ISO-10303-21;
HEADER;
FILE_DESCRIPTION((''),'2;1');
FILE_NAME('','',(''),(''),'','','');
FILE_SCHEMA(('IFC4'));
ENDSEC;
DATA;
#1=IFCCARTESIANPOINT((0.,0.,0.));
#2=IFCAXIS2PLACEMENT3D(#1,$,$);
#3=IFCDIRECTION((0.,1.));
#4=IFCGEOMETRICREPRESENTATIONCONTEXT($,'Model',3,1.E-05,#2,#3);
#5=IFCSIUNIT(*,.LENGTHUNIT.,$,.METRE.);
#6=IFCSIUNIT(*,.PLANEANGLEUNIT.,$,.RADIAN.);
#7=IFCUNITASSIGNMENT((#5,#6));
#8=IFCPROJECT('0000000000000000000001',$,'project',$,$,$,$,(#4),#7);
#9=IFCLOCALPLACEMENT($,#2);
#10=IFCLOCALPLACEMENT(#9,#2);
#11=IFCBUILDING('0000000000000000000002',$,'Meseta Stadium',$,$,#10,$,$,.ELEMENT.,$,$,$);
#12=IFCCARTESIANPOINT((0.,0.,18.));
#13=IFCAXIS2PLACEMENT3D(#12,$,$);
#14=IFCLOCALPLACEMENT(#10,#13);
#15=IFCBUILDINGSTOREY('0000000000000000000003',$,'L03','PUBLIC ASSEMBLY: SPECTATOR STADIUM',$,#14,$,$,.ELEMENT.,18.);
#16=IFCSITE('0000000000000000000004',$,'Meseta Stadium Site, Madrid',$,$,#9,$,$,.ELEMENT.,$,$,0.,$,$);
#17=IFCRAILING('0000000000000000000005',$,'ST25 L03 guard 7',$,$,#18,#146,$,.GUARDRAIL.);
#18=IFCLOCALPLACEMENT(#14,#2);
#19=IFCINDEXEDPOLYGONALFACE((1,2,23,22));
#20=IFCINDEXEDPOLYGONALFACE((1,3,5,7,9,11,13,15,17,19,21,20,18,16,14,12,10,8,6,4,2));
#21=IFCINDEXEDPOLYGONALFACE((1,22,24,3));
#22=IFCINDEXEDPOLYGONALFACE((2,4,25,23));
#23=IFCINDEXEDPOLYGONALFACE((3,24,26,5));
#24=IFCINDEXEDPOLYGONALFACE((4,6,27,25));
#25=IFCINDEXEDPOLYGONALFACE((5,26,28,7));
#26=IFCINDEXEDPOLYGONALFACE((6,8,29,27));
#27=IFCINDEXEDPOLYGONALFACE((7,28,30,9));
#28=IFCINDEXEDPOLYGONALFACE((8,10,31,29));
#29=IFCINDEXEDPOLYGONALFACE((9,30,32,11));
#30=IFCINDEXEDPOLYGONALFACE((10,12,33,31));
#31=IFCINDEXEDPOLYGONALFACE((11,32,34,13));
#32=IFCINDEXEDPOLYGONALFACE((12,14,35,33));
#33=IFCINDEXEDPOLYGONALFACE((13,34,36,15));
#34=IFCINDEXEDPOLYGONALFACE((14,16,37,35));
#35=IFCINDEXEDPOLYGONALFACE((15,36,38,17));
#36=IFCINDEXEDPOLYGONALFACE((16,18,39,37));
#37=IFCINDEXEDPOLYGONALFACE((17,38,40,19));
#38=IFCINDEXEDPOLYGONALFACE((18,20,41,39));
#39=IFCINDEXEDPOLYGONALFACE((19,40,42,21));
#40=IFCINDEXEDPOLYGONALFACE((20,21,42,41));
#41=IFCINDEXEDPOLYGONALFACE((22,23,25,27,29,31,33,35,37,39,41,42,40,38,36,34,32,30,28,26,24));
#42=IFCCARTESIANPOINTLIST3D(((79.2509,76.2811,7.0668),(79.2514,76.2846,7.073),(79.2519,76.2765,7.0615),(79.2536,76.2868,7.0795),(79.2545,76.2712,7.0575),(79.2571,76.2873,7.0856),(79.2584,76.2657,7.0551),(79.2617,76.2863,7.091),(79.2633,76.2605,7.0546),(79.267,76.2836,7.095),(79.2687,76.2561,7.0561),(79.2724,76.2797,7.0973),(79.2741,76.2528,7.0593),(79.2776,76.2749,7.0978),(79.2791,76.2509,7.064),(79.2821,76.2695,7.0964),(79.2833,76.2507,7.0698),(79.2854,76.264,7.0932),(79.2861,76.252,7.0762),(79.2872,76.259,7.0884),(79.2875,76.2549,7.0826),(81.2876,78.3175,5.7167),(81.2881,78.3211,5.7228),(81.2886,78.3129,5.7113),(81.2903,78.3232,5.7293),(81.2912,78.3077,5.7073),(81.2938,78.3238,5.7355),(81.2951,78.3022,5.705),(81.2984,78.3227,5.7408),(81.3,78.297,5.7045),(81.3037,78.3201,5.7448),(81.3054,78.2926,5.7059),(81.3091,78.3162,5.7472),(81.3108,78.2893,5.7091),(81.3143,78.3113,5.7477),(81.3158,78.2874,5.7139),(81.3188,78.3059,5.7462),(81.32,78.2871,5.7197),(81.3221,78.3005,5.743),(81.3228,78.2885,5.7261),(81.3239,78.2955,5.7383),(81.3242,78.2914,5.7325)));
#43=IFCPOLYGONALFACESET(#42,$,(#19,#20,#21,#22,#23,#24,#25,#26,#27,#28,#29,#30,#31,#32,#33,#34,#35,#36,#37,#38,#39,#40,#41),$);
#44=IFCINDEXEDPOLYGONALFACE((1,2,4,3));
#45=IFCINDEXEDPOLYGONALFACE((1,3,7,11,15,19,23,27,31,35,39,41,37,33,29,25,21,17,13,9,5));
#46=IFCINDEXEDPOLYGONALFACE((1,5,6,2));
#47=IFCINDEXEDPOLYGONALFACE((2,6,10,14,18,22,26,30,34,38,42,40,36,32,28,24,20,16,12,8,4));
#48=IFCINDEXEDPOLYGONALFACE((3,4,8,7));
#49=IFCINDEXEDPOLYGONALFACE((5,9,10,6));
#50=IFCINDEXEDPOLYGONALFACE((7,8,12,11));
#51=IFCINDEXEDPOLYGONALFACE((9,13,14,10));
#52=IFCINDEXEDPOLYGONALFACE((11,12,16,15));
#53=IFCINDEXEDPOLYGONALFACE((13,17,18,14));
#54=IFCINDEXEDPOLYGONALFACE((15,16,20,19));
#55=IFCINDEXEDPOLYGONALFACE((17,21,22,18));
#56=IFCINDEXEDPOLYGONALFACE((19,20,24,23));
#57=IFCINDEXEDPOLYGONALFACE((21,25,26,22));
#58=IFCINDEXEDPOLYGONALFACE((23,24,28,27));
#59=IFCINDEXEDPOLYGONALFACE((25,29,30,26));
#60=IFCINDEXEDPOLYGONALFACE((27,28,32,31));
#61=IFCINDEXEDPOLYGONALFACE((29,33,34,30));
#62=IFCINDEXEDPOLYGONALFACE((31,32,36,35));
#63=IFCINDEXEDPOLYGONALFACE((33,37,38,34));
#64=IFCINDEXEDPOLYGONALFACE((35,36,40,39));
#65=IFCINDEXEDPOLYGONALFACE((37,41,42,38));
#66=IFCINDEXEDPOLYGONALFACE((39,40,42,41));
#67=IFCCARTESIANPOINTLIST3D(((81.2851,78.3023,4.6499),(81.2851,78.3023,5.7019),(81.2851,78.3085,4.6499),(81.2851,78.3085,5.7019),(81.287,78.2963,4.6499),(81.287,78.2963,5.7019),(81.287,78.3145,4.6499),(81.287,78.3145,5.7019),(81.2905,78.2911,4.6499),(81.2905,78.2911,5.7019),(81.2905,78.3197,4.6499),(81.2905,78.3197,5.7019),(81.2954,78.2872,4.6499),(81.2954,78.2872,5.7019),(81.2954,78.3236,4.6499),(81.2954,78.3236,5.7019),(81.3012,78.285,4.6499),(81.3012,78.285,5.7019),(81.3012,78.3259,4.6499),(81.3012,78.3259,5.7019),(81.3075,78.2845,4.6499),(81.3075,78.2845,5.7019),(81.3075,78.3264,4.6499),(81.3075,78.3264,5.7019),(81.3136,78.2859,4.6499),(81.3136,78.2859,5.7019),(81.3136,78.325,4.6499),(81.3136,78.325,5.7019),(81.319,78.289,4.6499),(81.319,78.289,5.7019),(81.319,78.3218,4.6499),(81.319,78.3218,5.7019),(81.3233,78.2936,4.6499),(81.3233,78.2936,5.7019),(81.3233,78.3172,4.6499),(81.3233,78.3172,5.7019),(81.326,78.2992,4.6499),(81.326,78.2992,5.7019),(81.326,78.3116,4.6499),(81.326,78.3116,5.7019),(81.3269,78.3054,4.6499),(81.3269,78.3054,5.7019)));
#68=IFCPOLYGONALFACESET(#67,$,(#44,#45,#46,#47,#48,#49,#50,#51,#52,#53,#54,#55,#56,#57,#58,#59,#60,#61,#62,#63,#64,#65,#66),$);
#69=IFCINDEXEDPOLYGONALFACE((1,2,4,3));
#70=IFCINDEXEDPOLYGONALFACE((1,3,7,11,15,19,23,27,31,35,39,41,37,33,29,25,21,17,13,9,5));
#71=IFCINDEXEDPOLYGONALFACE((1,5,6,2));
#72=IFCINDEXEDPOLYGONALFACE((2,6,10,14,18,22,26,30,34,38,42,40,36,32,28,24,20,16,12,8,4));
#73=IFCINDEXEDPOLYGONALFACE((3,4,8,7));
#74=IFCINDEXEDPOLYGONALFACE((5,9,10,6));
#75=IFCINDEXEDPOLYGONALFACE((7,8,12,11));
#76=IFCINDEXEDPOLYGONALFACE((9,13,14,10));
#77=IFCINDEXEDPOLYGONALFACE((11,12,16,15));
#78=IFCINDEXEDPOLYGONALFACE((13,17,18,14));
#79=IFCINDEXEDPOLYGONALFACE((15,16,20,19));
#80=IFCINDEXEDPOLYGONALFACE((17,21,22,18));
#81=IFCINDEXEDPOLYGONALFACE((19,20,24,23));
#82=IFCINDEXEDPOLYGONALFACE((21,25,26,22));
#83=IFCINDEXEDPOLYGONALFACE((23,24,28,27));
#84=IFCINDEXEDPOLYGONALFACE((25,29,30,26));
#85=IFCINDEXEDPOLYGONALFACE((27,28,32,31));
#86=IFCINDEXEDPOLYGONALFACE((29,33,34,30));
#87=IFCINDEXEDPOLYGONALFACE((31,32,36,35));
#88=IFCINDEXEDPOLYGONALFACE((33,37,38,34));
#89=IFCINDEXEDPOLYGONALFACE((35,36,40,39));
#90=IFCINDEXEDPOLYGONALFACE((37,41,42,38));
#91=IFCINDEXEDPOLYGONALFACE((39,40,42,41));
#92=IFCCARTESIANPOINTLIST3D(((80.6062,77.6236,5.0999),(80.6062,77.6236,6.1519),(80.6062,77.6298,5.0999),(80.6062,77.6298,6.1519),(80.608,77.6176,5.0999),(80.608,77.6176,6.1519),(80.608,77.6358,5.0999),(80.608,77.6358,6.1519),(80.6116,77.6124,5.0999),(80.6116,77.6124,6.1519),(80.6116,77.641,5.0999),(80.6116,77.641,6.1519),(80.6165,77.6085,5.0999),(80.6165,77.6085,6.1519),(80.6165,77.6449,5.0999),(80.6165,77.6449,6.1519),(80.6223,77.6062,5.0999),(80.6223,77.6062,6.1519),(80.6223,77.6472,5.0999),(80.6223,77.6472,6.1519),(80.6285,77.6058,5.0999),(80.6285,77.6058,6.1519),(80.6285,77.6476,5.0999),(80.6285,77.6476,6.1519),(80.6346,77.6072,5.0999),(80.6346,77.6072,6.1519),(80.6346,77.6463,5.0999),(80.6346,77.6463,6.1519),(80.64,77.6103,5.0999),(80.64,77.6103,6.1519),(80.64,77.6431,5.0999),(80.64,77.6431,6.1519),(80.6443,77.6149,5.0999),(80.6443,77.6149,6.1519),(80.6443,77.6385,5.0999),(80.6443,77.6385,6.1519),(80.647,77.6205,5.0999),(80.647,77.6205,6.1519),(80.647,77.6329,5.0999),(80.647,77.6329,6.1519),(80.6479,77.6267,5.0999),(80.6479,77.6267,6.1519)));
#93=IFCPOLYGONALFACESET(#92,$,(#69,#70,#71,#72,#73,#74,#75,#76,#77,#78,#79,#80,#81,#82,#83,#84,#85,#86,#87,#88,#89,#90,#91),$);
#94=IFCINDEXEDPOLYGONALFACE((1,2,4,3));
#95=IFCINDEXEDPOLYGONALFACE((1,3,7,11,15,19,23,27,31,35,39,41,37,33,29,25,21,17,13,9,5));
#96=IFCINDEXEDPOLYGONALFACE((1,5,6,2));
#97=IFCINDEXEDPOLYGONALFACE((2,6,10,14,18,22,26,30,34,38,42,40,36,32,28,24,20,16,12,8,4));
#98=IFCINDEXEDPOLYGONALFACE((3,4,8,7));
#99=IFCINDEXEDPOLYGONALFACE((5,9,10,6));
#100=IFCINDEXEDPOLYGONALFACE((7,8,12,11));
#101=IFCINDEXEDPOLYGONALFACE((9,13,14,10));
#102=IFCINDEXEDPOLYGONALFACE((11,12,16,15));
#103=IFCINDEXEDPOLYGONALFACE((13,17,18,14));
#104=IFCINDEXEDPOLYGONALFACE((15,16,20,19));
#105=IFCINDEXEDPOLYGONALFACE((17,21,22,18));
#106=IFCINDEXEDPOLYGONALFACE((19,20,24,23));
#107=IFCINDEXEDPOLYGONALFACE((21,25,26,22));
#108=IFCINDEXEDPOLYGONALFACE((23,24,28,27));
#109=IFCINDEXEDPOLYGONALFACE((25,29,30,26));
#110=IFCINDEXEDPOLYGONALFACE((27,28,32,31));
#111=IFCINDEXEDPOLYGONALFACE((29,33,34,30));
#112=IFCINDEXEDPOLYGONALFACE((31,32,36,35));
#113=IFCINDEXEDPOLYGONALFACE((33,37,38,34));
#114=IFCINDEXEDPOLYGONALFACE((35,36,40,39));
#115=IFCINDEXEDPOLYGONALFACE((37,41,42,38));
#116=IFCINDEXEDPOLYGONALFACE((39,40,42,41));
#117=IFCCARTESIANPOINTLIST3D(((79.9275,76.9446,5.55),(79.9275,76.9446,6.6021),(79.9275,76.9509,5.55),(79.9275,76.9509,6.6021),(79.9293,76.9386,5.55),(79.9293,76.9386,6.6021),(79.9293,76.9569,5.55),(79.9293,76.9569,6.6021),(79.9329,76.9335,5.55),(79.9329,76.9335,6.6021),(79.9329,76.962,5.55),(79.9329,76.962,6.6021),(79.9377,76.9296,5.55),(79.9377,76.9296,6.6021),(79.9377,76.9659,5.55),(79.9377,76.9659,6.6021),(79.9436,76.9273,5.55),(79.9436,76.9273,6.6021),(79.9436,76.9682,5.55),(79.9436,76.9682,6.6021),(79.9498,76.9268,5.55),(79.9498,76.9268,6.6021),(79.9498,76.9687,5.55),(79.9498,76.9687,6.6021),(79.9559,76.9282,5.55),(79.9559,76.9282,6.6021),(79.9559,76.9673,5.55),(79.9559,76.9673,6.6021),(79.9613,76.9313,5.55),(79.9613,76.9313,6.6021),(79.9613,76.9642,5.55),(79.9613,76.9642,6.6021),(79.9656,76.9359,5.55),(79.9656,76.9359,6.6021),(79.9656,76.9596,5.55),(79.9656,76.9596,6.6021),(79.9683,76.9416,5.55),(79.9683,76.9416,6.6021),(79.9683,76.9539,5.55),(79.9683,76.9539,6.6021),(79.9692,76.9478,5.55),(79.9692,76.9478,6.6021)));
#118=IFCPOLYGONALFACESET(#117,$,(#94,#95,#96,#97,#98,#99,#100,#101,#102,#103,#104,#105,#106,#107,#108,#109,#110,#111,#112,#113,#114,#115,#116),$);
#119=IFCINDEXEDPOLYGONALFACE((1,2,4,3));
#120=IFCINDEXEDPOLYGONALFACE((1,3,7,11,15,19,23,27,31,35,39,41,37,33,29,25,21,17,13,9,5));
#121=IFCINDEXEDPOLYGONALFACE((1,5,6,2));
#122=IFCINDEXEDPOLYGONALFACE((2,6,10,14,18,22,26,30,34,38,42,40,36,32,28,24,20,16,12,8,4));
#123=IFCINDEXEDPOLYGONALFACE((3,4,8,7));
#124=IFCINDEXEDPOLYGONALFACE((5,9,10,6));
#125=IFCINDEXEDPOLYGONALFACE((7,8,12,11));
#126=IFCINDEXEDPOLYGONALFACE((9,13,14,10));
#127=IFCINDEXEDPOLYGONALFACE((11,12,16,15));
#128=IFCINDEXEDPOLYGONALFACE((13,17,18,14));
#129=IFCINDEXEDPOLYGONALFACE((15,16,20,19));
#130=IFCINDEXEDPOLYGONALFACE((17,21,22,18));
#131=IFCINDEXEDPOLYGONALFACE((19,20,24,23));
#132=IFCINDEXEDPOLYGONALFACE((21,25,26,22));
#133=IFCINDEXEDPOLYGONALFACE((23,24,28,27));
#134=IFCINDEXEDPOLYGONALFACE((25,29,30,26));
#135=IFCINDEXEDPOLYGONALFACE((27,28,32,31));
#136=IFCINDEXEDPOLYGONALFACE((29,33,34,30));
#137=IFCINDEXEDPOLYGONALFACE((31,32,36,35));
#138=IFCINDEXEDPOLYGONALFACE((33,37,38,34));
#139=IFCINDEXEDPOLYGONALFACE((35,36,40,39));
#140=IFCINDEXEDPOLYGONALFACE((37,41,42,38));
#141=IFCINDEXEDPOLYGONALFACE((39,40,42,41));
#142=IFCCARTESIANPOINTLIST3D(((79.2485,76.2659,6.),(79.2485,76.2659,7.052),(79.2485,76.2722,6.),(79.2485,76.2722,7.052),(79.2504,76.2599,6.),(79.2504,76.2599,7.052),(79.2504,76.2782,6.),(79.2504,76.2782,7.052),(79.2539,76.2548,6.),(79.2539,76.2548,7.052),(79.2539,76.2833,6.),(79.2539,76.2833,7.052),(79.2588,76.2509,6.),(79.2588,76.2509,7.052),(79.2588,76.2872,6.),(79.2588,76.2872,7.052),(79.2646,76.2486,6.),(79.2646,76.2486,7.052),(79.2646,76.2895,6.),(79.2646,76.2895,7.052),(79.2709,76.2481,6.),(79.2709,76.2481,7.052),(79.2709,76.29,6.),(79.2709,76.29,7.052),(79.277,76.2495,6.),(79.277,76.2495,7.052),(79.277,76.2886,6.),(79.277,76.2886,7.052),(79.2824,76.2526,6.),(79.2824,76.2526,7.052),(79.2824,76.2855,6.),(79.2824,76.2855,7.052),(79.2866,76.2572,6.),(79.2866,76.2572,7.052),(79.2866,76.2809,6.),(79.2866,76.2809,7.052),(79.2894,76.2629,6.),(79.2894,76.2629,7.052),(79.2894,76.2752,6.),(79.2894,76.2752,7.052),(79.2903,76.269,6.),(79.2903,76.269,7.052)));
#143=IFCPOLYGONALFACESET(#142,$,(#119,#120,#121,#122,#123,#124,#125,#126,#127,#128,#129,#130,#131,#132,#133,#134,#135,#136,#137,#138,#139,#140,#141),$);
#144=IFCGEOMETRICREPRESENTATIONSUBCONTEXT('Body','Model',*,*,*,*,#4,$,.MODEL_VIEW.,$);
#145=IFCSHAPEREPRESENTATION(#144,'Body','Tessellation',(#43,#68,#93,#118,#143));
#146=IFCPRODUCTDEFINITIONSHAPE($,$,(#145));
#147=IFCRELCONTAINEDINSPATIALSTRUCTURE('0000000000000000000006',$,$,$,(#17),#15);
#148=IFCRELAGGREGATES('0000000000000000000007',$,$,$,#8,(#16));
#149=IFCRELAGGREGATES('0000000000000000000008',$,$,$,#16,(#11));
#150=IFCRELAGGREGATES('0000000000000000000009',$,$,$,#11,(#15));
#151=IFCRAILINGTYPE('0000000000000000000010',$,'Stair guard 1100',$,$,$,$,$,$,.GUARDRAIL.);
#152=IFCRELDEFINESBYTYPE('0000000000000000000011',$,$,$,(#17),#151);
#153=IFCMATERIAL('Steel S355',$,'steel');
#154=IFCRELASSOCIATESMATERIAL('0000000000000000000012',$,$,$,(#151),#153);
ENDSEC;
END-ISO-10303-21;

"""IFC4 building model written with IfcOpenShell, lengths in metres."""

from ifc_helpers import new_model, si_unit, direction, frame, origin, origin_2d, place, context, subcontext, project, spatial, circle, extrude, material, type_object, element, save


model = new_model("IFC4")

# Units and contexts
model_context = context("Model", 3, precision=1e-05, world=origin(), true_north=direction((0.0, 1.0)))
body_context = subcontext(model_context, "Body", "Model", "MODEL_VIEW")
ifc_project = project(units=[si_unit("LENGTHUNIT", "METRE"), si_unit("PLANEANGLEUNIT", "RADIAN")], contexts=[model_context])

# Site, building, storey
site_placement = place(None, origin())
site = spatial("IfcSite", under=ifc_project, at=site_placement, Name="Meseta Stadium Site, Madrid", CompositionType="ELEMENT", RefElevation=0.0)
building_placement = place(site_placement, origin())
building = spatial("IfcBuilding", under=site, at=building_placement, Name="Meseta Stadium", CompositionType="ELEMENT")
storey_placement = place(building_placement, frame((0.0, 0.0, 18.0)))
storey = spatial("IfcBuildingStorey", under=building, at=storey_placement, Name="L03", Description="PUBLIC ASSEMBLY: SPECTATOR STADIUM", CompositionType="ELEMENT", Elevation=18.0)

# Railing
ifc_material_1 = material(Name="Steel S355", Category="steel")
railing_type_1 = type_object("IfcRailingType", Name="Stair guard 1100", PredefinedType="GUARDRAIL", material=ifc_material_1)
railing_1_placement = place(storey_placement, frame((81.3059, 78.3054, 4.6499)))
element("IfcRailing", 1, at=railing_1_placement, inside=storey, type_object=railing_type_1, Name="ST25 L03 guard 7", PredefinedType="GUARDRAIL", context=body_context, shape_type="SweptSolid", body=[
    extrude(circle(Radius=0.0239, at=origin_2d()), frame((0.0, 0.0, 1.0762), z_axis=(-0.640288, -0.640211, 0.424454), x_axis=(0.707064, -0.707149, 0.0)), (0.0, 0.0, 1.0), 3.1809),
    extrude(circle(Radius=0.021, at=origin_2d()), origin(), (0.0, 0.0, 1.0), 1.052),
    extrude(circle(Radius=0.021, at=origin_2d()), frame((-0.679, -0.6787, 0.45)), (0.0, 0.0, 1.0), 1.052),
    extrude(circle(Radius=0.021, at=origin_2d()), frame((-1.3577, -1.3577, 0.9001)), (0.0, 0.0, 1.0), 1.052),
    extrude(circle(Radius=0.021, at=origin_2d()), frame((-2.0366, -2.0364, 1.3501)), (0.0, 0.0, 1.0), 1.052),
])

save(model, "model.ifc")
